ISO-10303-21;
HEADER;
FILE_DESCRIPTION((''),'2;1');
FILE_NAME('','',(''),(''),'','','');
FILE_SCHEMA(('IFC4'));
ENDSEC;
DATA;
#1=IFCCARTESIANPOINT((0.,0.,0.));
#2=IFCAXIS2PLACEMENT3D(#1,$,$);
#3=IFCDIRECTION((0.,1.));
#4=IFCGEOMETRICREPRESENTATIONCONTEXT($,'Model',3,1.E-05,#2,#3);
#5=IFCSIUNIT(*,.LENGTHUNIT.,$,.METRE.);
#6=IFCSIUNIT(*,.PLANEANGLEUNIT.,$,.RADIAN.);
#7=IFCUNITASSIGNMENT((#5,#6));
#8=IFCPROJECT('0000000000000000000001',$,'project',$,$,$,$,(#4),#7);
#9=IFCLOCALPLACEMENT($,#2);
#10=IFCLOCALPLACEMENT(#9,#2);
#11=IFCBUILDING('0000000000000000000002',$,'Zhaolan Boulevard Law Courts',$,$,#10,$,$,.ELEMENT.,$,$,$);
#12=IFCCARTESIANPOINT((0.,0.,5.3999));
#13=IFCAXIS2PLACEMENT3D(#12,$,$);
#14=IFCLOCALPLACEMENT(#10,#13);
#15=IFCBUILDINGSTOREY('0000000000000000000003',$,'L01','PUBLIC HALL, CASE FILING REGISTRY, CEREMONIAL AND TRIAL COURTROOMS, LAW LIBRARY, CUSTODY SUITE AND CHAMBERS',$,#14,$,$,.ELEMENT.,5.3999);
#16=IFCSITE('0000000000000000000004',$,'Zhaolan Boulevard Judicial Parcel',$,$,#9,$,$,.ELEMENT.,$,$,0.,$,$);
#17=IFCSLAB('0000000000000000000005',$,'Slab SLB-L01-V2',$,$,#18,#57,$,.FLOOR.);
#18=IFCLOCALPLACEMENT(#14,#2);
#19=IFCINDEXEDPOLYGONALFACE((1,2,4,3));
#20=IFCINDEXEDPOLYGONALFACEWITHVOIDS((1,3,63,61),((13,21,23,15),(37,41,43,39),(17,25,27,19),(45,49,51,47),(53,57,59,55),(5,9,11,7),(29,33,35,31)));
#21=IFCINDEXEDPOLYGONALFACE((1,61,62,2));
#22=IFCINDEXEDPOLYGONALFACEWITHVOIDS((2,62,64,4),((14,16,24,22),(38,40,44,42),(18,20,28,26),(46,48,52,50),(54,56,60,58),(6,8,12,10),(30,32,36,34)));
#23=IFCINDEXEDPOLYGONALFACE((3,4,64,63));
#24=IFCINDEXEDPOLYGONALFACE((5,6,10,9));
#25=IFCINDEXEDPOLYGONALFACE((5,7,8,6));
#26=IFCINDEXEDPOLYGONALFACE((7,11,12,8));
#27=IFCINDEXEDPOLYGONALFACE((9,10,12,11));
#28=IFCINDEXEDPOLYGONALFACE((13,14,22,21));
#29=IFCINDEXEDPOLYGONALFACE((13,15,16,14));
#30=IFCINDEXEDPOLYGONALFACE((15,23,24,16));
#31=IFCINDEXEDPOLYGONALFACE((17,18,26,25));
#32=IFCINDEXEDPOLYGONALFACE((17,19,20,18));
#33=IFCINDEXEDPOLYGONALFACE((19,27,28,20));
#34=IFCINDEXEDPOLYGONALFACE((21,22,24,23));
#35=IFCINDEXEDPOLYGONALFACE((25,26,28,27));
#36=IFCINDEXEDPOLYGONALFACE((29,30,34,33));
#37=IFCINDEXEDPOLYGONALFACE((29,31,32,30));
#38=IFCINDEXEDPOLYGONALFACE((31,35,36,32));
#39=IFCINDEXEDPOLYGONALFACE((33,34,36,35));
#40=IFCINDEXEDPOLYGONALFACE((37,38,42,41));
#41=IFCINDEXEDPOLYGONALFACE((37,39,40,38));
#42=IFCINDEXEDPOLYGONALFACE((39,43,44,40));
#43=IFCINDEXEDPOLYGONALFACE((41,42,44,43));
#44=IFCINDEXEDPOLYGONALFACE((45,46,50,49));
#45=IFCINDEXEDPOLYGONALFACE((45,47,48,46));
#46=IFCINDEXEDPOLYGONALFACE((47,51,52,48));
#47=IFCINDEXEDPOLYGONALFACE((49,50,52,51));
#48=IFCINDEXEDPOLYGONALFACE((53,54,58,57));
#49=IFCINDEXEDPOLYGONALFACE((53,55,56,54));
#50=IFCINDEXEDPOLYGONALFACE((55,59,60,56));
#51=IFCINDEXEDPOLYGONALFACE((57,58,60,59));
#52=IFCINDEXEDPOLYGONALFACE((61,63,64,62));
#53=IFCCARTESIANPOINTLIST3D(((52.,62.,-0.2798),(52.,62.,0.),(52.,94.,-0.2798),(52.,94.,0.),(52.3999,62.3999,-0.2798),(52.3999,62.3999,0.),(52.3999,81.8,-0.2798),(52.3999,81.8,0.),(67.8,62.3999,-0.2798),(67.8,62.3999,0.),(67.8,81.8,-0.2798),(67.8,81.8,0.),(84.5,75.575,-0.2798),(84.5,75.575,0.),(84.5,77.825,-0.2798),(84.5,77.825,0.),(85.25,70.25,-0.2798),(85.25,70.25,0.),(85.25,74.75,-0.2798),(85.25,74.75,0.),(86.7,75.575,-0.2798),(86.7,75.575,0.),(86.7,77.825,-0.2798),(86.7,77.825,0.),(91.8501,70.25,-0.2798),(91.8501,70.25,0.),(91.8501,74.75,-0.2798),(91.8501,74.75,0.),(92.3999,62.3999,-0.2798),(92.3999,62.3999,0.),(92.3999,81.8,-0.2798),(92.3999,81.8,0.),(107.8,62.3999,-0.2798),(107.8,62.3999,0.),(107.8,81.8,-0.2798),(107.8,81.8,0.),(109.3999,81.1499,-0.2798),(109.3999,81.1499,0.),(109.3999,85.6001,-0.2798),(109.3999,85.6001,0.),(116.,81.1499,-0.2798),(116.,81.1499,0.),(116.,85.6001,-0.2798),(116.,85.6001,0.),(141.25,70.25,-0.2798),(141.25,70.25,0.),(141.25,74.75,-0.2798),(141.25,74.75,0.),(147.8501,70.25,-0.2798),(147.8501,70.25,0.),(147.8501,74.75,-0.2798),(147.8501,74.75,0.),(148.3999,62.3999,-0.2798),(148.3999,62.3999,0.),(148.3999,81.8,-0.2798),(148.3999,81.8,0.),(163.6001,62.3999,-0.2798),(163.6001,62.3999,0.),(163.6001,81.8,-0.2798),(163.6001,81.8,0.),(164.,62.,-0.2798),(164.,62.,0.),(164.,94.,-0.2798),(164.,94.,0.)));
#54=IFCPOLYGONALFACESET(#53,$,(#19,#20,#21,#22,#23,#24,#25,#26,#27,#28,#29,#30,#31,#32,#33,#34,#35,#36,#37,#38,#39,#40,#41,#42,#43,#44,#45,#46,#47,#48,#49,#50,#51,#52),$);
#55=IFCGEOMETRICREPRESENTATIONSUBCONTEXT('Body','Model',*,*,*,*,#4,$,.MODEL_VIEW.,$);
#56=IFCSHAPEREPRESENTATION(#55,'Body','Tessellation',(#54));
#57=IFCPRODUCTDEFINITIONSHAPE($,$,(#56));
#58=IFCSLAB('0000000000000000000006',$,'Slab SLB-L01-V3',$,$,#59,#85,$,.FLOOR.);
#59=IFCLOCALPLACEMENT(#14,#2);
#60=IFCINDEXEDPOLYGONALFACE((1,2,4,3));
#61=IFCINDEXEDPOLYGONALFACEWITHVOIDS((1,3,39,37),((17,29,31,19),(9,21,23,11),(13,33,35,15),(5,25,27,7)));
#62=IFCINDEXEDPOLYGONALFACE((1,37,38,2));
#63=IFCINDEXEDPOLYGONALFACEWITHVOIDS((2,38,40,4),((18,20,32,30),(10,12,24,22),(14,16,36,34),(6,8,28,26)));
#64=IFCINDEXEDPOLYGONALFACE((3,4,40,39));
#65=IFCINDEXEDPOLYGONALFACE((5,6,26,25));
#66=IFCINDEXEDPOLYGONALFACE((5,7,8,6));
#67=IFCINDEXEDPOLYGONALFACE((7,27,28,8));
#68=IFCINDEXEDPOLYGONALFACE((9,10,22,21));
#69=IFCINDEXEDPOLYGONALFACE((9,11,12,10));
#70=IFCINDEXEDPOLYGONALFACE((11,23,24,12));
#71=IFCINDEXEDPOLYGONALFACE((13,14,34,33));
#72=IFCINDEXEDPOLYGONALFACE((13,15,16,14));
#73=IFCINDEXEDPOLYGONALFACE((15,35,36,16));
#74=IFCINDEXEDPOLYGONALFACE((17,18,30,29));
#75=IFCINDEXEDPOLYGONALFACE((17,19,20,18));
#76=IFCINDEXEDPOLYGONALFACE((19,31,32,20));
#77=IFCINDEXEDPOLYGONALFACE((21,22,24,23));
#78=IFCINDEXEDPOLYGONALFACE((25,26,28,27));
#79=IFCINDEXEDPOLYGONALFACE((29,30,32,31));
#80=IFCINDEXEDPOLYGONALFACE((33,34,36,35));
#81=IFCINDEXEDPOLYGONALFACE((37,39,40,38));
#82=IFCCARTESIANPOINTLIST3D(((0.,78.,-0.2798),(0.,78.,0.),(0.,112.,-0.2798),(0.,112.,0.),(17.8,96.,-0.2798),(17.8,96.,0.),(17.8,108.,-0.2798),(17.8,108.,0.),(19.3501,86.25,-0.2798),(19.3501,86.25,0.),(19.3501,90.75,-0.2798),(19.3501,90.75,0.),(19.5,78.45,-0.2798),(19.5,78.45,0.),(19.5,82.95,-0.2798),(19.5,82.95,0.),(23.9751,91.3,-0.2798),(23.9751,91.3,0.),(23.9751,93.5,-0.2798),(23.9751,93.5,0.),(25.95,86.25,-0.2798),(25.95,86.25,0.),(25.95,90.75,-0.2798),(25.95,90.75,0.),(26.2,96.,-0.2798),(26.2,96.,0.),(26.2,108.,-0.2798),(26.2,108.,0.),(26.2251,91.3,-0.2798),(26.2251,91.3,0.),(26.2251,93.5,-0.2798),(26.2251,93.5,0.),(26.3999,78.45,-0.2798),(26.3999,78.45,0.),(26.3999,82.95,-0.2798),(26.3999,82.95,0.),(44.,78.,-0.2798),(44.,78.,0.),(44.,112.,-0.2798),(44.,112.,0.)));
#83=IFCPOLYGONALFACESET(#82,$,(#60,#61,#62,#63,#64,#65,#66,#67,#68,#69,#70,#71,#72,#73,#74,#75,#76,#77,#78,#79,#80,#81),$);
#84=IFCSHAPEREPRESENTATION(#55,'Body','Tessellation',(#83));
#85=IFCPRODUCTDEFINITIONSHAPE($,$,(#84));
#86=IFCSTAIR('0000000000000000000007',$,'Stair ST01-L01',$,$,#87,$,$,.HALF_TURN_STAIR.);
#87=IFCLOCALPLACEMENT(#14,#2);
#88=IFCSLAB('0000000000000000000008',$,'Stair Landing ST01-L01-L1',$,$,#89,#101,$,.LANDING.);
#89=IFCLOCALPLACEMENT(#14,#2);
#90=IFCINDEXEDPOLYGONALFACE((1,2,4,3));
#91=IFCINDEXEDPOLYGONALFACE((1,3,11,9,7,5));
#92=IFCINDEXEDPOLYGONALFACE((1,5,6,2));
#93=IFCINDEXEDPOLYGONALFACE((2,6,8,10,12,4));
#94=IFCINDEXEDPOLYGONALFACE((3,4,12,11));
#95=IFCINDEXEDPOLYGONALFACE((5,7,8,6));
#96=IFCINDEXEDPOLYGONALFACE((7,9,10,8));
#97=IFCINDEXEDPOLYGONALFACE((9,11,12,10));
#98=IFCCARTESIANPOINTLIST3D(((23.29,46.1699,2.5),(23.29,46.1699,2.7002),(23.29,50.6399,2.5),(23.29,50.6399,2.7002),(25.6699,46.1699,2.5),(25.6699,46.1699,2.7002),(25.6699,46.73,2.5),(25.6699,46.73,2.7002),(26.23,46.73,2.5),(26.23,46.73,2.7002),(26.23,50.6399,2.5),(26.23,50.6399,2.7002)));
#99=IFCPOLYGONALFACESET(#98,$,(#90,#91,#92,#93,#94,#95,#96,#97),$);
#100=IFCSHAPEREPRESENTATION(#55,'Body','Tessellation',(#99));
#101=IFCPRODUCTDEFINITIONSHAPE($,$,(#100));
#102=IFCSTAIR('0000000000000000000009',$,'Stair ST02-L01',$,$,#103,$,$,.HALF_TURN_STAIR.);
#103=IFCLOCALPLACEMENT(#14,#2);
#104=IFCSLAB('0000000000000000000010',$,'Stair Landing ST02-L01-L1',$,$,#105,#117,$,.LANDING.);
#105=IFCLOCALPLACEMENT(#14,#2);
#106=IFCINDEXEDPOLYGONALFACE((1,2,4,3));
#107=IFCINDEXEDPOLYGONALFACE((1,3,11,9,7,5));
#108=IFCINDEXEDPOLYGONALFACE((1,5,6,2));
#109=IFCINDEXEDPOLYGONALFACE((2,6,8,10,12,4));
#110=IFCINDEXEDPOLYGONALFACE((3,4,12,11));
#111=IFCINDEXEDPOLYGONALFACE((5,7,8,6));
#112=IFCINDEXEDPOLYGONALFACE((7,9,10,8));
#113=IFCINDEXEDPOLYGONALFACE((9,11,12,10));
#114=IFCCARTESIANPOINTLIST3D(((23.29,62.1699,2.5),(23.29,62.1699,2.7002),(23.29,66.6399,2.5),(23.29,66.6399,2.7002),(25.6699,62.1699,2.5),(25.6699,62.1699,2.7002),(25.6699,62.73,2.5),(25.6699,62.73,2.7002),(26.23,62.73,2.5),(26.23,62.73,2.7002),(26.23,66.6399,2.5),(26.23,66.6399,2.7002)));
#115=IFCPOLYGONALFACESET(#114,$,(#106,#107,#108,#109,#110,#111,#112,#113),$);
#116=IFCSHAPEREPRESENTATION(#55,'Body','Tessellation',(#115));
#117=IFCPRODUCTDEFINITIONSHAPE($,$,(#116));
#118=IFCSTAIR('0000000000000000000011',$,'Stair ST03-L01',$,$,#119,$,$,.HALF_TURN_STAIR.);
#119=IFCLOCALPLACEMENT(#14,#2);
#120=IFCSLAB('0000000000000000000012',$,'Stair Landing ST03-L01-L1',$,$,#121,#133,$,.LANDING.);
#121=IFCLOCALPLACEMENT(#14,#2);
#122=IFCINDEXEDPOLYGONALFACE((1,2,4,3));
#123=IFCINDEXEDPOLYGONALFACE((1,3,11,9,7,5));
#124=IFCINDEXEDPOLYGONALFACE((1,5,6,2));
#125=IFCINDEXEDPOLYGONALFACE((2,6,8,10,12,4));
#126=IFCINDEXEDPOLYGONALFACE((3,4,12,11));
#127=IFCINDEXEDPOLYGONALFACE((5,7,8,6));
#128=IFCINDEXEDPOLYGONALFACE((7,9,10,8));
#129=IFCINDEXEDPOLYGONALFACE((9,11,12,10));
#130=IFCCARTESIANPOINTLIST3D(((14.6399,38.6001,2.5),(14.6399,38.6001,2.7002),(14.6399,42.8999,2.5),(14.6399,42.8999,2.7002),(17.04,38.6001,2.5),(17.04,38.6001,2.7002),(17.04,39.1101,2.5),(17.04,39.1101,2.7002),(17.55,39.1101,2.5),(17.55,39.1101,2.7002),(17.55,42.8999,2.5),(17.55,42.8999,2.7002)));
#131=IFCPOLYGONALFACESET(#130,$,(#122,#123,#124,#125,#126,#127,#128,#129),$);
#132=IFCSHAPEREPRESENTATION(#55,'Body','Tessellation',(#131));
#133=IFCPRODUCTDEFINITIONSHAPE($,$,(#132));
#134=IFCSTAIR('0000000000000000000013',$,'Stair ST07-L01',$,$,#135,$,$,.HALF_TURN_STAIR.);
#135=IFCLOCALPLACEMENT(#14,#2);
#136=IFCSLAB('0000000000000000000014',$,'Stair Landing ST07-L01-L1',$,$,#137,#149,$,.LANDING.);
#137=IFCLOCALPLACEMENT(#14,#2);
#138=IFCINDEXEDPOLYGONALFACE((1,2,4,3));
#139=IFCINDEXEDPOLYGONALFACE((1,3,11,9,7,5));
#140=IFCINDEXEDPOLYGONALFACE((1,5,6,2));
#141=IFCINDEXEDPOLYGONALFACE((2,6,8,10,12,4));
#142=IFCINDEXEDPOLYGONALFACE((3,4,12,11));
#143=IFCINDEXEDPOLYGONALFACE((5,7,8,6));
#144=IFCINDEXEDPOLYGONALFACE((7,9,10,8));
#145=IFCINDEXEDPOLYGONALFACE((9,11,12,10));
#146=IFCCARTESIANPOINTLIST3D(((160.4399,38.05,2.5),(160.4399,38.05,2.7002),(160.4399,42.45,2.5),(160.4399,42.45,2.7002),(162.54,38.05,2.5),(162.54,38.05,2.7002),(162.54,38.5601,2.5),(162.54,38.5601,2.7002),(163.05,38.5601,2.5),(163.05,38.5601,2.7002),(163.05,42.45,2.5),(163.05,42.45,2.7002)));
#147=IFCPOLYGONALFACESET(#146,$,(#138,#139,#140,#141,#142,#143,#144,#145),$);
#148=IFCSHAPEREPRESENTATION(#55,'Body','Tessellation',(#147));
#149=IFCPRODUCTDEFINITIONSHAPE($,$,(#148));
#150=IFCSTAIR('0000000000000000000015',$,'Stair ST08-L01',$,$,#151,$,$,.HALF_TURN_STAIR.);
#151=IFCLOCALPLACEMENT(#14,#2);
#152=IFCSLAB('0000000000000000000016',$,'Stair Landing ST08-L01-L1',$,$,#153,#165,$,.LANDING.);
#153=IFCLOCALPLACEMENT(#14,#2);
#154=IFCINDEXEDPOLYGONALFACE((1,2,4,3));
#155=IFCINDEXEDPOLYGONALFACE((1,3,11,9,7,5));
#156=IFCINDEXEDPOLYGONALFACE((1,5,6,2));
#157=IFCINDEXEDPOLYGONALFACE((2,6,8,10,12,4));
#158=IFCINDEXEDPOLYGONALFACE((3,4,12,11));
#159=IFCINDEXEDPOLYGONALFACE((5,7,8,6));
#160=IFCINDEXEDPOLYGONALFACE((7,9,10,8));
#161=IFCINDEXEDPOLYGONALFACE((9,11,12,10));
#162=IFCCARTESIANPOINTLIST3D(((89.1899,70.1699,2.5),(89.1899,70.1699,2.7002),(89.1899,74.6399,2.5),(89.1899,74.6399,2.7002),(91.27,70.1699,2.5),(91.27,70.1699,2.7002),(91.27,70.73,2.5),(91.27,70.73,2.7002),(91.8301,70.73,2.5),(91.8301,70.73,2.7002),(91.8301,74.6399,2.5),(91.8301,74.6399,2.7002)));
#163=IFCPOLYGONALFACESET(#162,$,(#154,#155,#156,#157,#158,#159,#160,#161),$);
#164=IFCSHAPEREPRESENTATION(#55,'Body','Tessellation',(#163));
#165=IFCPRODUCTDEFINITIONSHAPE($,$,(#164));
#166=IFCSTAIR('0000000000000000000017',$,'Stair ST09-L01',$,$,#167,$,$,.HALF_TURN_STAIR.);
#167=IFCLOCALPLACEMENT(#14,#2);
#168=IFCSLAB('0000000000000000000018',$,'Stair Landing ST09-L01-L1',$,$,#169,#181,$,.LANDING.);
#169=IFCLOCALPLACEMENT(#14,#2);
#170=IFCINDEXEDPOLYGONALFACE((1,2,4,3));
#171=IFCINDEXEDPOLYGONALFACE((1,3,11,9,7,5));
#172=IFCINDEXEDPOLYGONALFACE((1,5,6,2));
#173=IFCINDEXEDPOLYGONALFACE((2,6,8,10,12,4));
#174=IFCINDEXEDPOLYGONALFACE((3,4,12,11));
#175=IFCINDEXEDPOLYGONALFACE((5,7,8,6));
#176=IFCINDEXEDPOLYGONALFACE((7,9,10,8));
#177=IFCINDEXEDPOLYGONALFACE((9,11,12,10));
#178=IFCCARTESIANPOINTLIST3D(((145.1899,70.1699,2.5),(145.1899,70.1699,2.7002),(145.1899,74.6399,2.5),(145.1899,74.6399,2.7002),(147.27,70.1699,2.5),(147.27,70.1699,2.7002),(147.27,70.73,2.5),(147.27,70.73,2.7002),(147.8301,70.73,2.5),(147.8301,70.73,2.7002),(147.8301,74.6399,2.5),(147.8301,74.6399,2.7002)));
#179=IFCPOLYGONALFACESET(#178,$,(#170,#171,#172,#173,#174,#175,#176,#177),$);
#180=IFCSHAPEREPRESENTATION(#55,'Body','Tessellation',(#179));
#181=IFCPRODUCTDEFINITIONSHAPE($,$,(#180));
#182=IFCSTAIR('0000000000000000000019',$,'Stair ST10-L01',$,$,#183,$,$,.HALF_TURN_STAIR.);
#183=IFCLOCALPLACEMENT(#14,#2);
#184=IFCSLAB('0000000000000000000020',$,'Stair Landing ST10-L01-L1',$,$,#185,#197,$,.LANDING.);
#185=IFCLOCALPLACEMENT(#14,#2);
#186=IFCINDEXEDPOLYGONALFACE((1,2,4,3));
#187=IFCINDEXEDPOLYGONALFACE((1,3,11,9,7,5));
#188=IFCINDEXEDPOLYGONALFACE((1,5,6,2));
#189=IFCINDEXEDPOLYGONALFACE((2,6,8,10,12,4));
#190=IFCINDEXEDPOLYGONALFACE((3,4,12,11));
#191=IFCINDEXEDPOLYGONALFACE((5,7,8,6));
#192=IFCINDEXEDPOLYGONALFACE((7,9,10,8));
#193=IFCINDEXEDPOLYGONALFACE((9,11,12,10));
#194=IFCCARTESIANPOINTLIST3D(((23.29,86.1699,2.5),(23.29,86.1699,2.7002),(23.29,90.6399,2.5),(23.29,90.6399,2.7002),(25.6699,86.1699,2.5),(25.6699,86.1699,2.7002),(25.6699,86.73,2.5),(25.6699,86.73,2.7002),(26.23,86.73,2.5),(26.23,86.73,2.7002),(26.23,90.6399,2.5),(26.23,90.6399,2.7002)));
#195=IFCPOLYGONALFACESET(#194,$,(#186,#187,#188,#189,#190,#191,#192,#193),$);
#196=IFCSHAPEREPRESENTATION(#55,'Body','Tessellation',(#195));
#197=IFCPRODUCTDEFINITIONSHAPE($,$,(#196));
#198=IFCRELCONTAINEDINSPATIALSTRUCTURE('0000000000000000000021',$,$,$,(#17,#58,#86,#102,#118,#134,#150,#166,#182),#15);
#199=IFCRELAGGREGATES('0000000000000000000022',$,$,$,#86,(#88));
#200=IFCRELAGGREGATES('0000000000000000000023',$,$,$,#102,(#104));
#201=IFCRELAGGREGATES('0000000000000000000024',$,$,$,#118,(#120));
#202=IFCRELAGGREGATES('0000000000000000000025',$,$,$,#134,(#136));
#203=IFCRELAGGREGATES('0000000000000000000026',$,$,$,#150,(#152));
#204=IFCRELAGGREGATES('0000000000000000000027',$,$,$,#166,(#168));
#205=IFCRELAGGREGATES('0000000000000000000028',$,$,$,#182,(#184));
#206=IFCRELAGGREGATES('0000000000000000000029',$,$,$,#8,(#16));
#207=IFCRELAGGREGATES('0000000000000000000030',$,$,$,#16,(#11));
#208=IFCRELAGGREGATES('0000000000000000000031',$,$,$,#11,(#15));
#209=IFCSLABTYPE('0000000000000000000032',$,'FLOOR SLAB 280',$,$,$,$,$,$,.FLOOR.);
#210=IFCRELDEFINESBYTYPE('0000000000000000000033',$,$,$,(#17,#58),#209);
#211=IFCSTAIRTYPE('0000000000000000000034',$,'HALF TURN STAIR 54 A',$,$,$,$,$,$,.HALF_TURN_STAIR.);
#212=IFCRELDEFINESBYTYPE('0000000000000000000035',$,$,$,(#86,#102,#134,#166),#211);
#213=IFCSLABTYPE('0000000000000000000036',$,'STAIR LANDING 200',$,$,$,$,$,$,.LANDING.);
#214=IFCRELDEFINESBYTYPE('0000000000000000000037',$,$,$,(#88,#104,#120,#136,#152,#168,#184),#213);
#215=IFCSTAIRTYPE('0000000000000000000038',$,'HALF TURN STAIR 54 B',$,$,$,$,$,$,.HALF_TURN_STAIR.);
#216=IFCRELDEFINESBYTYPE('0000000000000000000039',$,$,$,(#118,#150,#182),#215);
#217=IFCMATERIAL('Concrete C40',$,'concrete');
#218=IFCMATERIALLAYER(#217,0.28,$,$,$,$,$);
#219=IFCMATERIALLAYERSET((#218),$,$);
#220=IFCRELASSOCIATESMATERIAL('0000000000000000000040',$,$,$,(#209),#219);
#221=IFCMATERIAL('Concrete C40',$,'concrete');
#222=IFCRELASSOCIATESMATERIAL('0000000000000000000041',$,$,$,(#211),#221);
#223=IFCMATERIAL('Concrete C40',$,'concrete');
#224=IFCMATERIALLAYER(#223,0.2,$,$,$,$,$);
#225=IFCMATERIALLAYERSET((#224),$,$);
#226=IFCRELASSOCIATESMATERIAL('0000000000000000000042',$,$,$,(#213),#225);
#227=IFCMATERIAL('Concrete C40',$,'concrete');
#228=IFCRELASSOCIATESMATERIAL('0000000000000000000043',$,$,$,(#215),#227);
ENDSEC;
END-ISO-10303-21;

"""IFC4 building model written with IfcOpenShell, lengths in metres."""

from ifc_helpers import new_model, si_unit, direction, frame, origin, place, context, subcontext, project, spatial, polyline, outline, extrude, material, layer, layer_set, type_object, element, aggregate, save


model = new_model("IFC4")

# Units and contexts
model_context = context("Model", 3, precision=1e-05, world=origin(), true_north=direction((0.0, 1.0)))
body_context = subcontext(model_context, "Body", "Model", "MODEL_VIEW")
ifc_project = project(units=[si_unit("LENGTHUNIT", "METRE"), si_unit("PLANEANGLEUNIT", "RADIAN")], contexts=[model_context])

# Site, building, storey
site_placement = place(None, origin())
site = spatial("IfcSite", under=ifc_project, at=site_placement, Name="Zhaolan Boulevard Judicial Parcel", CompositionType="ELEMENT", RefElevation=0.0)
building_placement = place(site_placement, origin())
building = spatial("IfcBuilding", under=site, at=building_placement, Name="Zhaolan Boulevard Law Courts", CompositionType="ELEMENT")
storey_placement = place(building_placement, frame((0.0, 0.0, 5.3999)))
storey = spatial("IfcBuildingStorey", under=building, at=storey_placement, Name="L01", Description="PUBLIC HALL, CASE FILING REGISTRY, CEREMONIAL AND TRIAL COURTROOMS, LAW LIBRARY, CUSTODY SUITE AND CHAMBERS", CompositionType="ELEMENT", Elevation=5.3999)

# Slabs
ifc_material_1 = material(Name="Concrete C40", Category="concrete")
ifc_layer_1 = layer(ifc_material_1, 0.28)
ifc_layer_set_1 = layer_set([ifc_layer_1])
slab_type_1 = type_object("IfcSlabType", Name="FLOOR SLAB 280", PredefinedType="FLOOR", material=ifc_layer_set_1)
slab_1_placement = place(storey_placement, frame((0.0, 0.0, -0.2798)))
element("IfcSlab", 1, at=slab_1_placement, inside=storey, type_object=slab_type_1, Name="Slab SLB-L01-V2", PredefinedType="FLOOR", context=body_context, shape_type="SweptSolid", body=[
    extrude(outline(polyline([(52.0, 62.0), (164.0, 62.0), (164.0, 94.0), (52.0, 94.0), (52.0, 62.0)]), holes=[polyline([(84.5, 75.575), (86.7, 75.575), (86.7, 77.825), (84.5, 77.825), (84.5, 75.575)]), polyline([(85.25, 70.25), (91.8501, 70.25), (91.8501, 74.75), (85.25, 74.75), (85.25, 70.25)]), polyline([(141.25, 70.25), (147.8501, 70.25), (147.8501, 74.75), (141.25, 74.75), (141.25, 70.25)]), polyline([(109.3999, 81.1499), (116.0, 81.1499), (116.0, 85.6001), (109.3999, 85.6001), (109.3999, 81.1499)]), polyline([(52.3999, 62.3999), (67.8, 62.3999), (67.8, 81.8), (52.3999, 81.8), (52.3999, 62.3999)]), polyline([(92.3999, 62.3999), (107.8, 62.3999), (107.8, 81.8), (92.3999, 81.8), (92.3999, 62.3999)]), polyline([(148.3999, 62.3999), (163.6001, 62.3999), (163.6001, 81.8), (148.3999, 81.8), (148.3999, 62.3999)])]), origin(), (0.0, 0.0, 1.0), 0.2798),
])
slab_2_placement = place(storey_placement, frame((0.0, 0.0, -0.2798)))
element("IfcSlab", 2, at=slab_2_placement, inside=storey, type_object=slab_type_1, Name="Slab SLB-L01-V3", PredefinedType="FLOOR", context=body_context, shape_type="SweptSolid", body=[
    extrude(outline(polyline([(0.0, 78.0), (44.0, 78.0), (44.0, 112.0), (0.0, 112.0), (0.0, 78.0)]), holes=[polyline([(23.9751, 91.3), (26.2251, 91.3), (26.2251, 93.5), (23.9751, 93.5), (23.9751, 91.3)]), polyline([(19.3501, 86.25), (25.95, 86.25), (25.95, 90.75), (19.3501, 90.75), (19.3501, 86.25)]), polyline([(19.5, 78.45), (26.3999, 78.45), (26.3999, 82.95), (19.5, 82.95), (19.5, 78.45)]), polyline([(17.8, 96.0), (26.2, 96.0), (26.2, 108.0), (17.8, 108.0), (17.8, 96.0)])]), origin(), (0.0, 0.0, 1.0), 0.2798),
])

# Stairs, slabs
ifc_material_2 = material(Name="Concrete C40", Category="concrete")
stair_type_1 = type_object("IfcStairType", Name="HALF TURN STAIR 54 A", PredefinedType="HALF_TURN_STAIR", material=ifc_material_2)
stair_1_placement = place(storey_placement, origin())
stair_1 = element("IfcStair", 3, at=stair_1_placement, inside=storey, type_object=stair_type_1, Name="Stair ST01-L01", PredefinedType="HALF_TURN_STAIR")
ifc_material_3 = material(Name="Concrete C40", Category="concrete")
ifc_layer_2 = layer(ifc_material_3, 0.2)
ifc_layer_set_2 = layer_set([ifc_layer_2])
slab_type_2 = type_object("IfcSlabType", Name="STAIR LANDING 200", PredefinedType="LANDING", material=ifc_layer_set_2)
slab_3_placement = place(storey_placement, frame((0.0, 0.0, 2.5)))
slab_3 = element("IfcSlab", 4, at=slab_3_placement, type_object=slab_type_2, Name="Stair Landing ST01-L01-L1", PredefinedType="LANDING", context=body_context, shape_type="SweptSolid", body=[
    extrude(outline(polyline([(23.29, 46.1699), (25.6699, 46.1699), (25.6699, 46.73), (26.23, 46.73), (26.23, 50.6399), (23.29, 50.6399), (23.29, 46.1699)])), origin(), (0.0, 0.0, 1.0), 0.2002),
])
aggregate(stair_1, [slab_3])
stair_2_placement = place(storey_placement, origin())
stair_2 = element("IfcStair", 5, at=stair_2_placement, inside=storey, type_object=stair_type_1, Name="Stair ST02-L01", PredefinedType="HALF_TURN_STAIR")
slab_4_placement = place(storey_placement, frame((0.0, 0.0, 2.5)))
slab_4 = element("IfcSlab", 6, at=slab_4_placement, type_object=slab_type_2, Name="Stair Landing ST02-L01-L1", PredefinedType="LANDING", context=body_context, shape_type="SweptSolid", body=[
    extrude(outline(polyline([(23.29, 62.1699), (25.6699, 62.1699), (25.6699, 62.73), (26.23, 62.73), (26.23, 66.6399), (23.29, 66.6399), (23.29, 62.1699)])), origin(), (0.0, 0.0, 1.0), 0.2002),
])
aggregate(stair_2, [slab_4])
ifc_material_4 = material(Name="Concrete C40", Category="concrete")
stair_type_2 = type_object("IfcStairType", Name="HALF TURN STAIR 54 B", PredefinedType="HALF_TURN_STAIR", material=ifc_material_4)
stair_3_placement = place(storey_placement, origin())
stair_3 = element("IfcStair", 7, at=stair_3_placement, inside=storey, type_object=stair_type_2, Name="Stair ST03-L01", PredefinedType="HALF_TURN_STAIR")
slab_5_placement = place(storey_placement, frame((0.0, 0.0, 2.5)))
slab_5 = element("IfcSlab", 8, at=slab_5_placement, type_object=slab_type_2, Name="Stair Landing ST03-L01-L1", PredefinedType="LANDING", context=body_context, shape_type="SweptSolid", body=[
    extrude(outline(polyline([(14.6399, 38.6001), (17.04, 38.6001), (17.04, 39.1101), (17.55, 39.1101), (17.55, 42.8999), (14.6399, 42.8999), (14.6399, 38.6001)])), origin(), (0.0, 0.0, 1.0), 0.2002),
])
aggregate(stair_3, [slab_5])
stair_4_placement = place(storey_placement, origin())
stair_4 = element("IfcStair", 9, at=stair_4_placement, inside=storey, type_object=stair_type_1, Name="Stair ST07-L01", PredefinedType="HALF_TURN_STAIR")
slab_6_placement = place(storey_placement, frame((0.0, 0.0, 2.5)))
slab_6 = element("IfcSlab", 10, at=slab_6_placement, type_object=slab_type_2, Name="Stair Landing ST07-L01-L1", PredefinedType="LANDING", context=body_context, shape_type="SweptSolid", body=[
    extrude(outline(polyline([(160.4399, 38.05), (162.54, 38.05), (162.54, 38.5601), (163.05, 38.5601), (163.05, 42.45), (160.4399, 42.45), (160.4399, 38.05)])), origin(), (0.0, 0.0, 1.0), 0.2002),
])
aggregate(stair_4, [slab_6])
stair_5_placement = place(storey_placement, origin())
stair_5 = element("IfcStair", 11, at=stair_5_placement, inside=storey, type_object=stair_type_2, Name="Stair ST08-L01", PredefinedType="HALF_TURN_STAIR")
slab_7_placement = place(storey_placement, frame((0.0, 0.0, 2.5)))
slab_7 = element("IfcSlab", 12, at=slab_7_placement, type_object=slab_type_2, Name="Stair Landing ST08-L01-L1", PredefinedType="LANDING", context=body_context, shape_type="SweptSolid", body=[
    extrude(outline(polyline([(89.1899, 70.1699), (91.27, 70.1699), (91.27, 70.73), (91.8301, 70.73), (91.8301, 74.6399), (89.1899, 74.6399), (89.1899, 70.1699)])), origin(), (0.0, 0.0, 1.0), 0.2002),
])
aggregate(stair_5, [slab_7])
stair_6_placement = place(storey_placement, origin())
stair_6 = element("IfcStair", 13, at=stair_6_placement, inside=storey, type_object=stair_type_1, Name="Stair ST09-L01", PredefinedType="HALF_TURN_STAIR")
slab_8_placement = place(storey_placement, frame((0.0, 0.0, 2.5)))
slab_8 = element("IfcSlab", 14, at=slab_8_placement, type_object=slab_type_2, Name="Stair Landing ST09-L01-L1", PredefinedType="LANDING", context=body_context, shape_type="SweptSolid", body=[
    extrude(outline(polyline([(145.1899, 70.1699), (147.27, 70.1699), (147.27, 70.73), (147.8301, 70.73), (147.8301, 74.6399), (145.1899, 74.6399), (145.1899, 70.1699)])), origin(), (0.0, 0.0, 1.0), 0.2002),
])
aggregate(stair_6, [slab_8])
stair_7_placement = place(storey_placement, origin())
stair_7 = element("IfcStair", 15, at=stair_7_placement, inside=storey, type_object=stair_type_2, Name="Stair ST10-L01", PredefinedType="HALF_TURN_STAIR")
slab_9_placement = place(storey_placement, frame((0.0, 0.0, 2.5)))
slab_9 = element("IfcSlab", 16, at=slab_9_placement, type_object=slab_type_2, Name="Stair Landing ST10-L01-L1", PredefinedType="LANDING", context=body_context, shape_type="SweptSolid", body=[
    extrude(outline(polyline([(23.29, 86.1699), (25.6699, 86.1699), (25.6699, 86.73), (26.23, 86.73), (26.23, 90.6399), (23.29, 90.6399), (23.29, 86.1699)])), origin(), (0.0, 0.0, 1.0), 0.2002),
])
aggregate(stair_7, [slab_9])

save(model, "model.ifc")
